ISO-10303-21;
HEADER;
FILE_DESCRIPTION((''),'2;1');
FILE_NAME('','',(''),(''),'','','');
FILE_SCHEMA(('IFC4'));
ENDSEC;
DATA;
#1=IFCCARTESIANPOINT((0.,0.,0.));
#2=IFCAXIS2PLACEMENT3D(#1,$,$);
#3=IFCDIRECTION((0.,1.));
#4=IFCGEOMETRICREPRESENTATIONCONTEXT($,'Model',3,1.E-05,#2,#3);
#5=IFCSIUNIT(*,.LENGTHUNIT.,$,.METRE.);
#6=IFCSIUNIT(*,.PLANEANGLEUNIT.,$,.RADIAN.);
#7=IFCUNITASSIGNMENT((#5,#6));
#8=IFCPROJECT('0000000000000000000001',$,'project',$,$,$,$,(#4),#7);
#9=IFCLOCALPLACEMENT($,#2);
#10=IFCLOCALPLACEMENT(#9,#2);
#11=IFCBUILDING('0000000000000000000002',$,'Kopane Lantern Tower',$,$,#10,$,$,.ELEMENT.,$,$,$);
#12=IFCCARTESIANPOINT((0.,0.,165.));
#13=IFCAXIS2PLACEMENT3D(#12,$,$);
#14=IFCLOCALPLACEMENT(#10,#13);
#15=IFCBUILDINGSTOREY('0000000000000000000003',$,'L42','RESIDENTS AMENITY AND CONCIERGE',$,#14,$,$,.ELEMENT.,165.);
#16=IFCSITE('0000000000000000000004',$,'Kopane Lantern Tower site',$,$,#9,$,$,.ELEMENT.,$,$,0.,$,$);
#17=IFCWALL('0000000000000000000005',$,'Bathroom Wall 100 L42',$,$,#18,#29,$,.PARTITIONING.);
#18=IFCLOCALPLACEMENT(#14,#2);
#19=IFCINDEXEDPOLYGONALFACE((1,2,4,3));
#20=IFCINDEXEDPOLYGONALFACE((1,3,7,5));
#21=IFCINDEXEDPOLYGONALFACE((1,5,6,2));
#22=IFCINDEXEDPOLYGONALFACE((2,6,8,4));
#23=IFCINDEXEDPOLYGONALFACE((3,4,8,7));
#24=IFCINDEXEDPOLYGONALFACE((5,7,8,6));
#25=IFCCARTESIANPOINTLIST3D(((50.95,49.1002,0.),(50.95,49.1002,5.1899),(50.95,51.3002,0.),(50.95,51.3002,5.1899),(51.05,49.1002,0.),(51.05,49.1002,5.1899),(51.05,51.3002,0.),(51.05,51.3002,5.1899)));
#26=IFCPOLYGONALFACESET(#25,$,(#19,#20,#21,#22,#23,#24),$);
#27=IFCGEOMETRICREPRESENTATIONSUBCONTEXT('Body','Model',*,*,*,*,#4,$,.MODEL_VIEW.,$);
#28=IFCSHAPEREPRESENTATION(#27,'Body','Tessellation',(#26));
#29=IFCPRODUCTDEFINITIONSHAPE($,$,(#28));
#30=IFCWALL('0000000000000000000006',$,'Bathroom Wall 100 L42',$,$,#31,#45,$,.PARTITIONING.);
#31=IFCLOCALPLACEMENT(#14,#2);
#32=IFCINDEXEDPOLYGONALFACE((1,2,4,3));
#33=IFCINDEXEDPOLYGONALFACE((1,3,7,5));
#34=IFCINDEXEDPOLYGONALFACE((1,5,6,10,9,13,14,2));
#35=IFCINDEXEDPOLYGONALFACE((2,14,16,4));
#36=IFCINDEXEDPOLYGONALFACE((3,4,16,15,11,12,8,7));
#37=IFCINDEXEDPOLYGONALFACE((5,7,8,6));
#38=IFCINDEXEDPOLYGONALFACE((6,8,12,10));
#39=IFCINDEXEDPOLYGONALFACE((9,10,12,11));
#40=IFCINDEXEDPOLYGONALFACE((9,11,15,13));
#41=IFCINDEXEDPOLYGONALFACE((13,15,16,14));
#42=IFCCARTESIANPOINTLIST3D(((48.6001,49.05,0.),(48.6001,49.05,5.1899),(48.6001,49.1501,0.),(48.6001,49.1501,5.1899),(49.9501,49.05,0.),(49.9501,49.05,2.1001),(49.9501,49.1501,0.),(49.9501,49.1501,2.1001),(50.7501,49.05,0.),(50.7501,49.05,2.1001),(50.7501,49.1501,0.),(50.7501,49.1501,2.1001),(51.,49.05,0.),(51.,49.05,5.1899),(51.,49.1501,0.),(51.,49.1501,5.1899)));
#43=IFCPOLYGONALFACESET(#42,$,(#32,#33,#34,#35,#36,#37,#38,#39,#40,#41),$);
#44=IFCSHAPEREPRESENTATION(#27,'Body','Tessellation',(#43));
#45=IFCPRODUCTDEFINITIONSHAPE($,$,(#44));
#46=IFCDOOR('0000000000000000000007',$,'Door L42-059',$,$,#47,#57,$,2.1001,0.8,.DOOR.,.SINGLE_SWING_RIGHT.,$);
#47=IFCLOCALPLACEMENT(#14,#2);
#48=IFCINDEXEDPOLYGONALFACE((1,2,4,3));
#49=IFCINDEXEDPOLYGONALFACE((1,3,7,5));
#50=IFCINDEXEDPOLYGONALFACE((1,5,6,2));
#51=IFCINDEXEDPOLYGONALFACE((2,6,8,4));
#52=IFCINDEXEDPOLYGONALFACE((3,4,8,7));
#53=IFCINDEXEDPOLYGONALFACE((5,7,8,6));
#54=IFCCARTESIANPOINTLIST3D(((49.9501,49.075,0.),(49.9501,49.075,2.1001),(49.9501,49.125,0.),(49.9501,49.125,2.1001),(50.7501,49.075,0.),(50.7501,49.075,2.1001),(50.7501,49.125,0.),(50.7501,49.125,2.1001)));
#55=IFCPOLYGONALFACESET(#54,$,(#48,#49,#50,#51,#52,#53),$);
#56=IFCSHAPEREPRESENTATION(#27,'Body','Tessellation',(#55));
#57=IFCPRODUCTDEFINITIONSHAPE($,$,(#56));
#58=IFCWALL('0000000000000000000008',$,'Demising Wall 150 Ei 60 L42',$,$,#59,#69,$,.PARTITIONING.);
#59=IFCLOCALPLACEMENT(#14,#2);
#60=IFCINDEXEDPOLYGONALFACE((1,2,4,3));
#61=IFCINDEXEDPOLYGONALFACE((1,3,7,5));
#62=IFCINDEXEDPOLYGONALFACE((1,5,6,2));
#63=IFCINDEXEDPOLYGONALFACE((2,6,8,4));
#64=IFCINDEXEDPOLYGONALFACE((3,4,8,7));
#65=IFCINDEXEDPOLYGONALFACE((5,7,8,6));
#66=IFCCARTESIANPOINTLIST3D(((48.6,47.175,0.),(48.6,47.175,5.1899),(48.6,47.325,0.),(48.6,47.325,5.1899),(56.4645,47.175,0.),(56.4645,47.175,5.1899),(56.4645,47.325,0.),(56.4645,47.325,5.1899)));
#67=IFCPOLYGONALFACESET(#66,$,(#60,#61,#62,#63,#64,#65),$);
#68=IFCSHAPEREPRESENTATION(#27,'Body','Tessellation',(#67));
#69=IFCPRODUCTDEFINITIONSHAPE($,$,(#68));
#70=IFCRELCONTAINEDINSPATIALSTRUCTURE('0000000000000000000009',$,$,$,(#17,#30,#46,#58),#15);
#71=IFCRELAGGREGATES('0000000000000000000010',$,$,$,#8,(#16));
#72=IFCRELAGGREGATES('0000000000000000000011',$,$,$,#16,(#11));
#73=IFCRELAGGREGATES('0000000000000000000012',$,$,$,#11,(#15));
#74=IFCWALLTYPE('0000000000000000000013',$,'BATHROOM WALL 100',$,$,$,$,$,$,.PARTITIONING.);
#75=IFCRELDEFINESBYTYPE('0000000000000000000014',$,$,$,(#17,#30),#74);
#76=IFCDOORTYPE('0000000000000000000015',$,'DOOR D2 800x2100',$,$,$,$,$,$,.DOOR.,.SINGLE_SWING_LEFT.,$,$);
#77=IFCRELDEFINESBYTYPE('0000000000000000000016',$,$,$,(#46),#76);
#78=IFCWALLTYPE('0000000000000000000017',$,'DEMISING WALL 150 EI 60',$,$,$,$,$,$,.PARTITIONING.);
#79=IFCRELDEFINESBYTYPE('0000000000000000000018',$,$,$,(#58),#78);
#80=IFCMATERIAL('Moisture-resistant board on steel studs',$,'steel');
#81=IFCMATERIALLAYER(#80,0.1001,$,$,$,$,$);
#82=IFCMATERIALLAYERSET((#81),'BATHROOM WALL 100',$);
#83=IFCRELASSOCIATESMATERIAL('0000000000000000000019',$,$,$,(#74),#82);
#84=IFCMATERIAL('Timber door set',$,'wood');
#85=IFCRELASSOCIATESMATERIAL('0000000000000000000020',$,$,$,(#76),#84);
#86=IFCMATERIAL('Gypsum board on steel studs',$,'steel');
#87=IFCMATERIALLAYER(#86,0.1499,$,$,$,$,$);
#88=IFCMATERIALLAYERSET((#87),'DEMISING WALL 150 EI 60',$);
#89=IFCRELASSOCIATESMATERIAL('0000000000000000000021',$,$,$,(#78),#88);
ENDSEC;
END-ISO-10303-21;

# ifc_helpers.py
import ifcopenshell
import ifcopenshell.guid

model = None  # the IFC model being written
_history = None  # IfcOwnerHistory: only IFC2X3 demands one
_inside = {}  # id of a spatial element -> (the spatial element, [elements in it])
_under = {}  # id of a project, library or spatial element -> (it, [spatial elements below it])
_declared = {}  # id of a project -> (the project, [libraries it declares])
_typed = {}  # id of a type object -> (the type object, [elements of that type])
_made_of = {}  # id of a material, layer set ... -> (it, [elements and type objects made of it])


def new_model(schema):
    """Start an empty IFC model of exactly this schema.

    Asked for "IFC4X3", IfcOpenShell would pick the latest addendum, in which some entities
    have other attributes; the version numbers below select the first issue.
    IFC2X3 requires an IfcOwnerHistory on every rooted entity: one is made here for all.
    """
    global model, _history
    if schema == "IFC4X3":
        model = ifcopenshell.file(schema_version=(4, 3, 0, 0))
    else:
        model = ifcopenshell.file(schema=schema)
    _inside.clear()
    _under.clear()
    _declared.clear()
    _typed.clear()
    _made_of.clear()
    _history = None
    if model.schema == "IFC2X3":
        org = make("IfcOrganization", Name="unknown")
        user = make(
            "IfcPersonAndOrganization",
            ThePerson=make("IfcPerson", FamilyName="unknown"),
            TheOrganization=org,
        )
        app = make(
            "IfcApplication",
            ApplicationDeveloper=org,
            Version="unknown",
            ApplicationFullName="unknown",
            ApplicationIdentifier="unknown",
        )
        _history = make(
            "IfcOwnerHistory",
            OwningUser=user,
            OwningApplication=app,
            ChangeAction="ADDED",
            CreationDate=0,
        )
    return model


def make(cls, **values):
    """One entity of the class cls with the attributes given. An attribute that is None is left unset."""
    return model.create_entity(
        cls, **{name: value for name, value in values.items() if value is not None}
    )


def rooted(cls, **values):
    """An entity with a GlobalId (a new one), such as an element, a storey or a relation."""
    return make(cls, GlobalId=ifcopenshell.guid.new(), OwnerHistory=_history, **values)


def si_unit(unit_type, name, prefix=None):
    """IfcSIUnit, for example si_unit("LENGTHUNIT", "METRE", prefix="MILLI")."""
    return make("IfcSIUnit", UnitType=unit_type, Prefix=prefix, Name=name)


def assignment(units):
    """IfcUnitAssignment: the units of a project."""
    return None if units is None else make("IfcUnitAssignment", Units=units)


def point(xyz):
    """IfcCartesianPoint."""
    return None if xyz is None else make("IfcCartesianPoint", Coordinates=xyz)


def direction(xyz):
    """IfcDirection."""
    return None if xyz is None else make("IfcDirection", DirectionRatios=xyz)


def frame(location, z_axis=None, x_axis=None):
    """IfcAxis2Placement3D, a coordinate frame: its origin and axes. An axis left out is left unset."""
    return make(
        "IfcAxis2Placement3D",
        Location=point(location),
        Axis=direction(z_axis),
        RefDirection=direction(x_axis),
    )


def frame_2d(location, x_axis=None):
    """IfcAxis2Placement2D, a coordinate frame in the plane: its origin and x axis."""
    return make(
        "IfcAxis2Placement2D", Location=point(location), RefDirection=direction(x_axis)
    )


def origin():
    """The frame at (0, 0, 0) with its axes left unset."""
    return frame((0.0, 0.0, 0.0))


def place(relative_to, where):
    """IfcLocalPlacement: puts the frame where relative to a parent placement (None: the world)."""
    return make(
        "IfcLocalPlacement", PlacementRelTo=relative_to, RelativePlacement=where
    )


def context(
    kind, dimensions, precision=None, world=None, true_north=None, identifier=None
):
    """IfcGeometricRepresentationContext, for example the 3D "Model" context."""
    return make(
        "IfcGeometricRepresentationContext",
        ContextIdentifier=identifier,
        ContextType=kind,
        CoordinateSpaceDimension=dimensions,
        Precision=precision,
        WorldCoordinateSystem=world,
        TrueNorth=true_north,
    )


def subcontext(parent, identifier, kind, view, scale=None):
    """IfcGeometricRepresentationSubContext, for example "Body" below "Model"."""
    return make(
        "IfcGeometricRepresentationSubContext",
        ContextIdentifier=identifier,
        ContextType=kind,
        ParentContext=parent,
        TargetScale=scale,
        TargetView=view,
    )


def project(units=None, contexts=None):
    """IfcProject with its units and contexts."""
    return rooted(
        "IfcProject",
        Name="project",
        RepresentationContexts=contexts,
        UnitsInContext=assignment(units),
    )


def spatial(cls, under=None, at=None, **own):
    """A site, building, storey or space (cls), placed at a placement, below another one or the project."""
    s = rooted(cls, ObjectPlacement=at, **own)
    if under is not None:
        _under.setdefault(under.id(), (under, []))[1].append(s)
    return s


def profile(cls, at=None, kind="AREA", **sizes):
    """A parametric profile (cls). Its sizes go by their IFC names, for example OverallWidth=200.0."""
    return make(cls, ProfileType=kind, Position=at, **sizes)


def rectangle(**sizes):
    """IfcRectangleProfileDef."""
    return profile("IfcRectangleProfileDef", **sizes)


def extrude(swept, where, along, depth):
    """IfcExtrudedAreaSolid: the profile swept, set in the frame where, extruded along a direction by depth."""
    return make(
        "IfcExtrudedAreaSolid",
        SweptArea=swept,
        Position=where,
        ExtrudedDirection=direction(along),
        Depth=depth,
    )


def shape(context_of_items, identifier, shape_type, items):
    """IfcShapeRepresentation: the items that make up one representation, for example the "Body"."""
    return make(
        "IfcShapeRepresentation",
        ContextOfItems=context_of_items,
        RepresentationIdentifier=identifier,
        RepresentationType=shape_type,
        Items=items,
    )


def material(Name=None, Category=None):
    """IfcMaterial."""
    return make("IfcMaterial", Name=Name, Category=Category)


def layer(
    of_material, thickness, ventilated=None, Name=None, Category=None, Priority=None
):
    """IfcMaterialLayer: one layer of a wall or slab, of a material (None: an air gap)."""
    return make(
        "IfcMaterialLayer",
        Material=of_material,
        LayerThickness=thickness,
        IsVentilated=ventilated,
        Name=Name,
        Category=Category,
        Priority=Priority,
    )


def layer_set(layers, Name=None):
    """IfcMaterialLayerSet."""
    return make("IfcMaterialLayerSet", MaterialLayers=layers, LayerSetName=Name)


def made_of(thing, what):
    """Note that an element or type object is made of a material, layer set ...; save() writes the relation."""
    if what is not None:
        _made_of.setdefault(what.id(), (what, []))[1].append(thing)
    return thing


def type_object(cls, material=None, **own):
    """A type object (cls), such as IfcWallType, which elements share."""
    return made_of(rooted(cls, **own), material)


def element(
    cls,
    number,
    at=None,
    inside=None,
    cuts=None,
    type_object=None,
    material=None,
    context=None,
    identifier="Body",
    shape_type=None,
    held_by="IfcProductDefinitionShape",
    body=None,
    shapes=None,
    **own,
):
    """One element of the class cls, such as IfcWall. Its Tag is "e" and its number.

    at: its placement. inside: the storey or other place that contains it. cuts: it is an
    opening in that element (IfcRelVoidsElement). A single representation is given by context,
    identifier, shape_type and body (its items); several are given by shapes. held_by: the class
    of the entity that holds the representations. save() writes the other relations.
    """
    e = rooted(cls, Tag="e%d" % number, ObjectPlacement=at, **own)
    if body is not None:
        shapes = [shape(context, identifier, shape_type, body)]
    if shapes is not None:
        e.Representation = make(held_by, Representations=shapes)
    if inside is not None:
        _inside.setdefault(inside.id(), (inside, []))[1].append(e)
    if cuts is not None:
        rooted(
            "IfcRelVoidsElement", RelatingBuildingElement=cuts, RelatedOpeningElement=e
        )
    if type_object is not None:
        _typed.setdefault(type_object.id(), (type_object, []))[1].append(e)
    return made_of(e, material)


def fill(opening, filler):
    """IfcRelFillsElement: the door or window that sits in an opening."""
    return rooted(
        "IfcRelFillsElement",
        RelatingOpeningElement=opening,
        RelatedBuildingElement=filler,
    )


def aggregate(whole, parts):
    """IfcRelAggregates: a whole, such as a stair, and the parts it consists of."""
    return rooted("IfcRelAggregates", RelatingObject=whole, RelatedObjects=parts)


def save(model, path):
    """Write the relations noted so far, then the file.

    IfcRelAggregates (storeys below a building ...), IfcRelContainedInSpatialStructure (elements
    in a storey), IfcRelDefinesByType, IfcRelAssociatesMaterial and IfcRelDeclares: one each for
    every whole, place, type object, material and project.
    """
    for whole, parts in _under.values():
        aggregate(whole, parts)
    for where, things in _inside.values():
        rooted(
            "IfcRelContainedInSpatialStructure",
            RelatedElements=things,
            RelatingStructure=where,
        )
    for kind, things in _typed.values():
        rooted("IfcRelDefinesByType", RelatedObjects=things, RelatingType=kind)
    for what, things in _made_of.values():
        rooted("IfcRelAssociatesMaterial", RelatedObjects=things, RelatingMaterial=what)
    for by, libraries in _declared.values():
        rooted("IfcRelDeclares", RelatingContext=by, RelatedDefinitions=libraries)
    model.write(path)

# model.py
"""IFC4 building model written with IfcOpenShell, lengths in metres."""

from ifc_helpers import new_model, si_unit, direction, frame, frame_2d, origin, place, context, subcontext, project, spatial, rectangle, extrude, material, layer, layer_set, type_object, element, fill, save


model = new_model("IFC4")

# Units and contexts
model_context = context("Model", 3, precision=1e-05, world=origin(), true_north=direction((0.0, 1.0)))
body_context = subcontext(model_context, "Body", "Model", "MODEL_VIEW")
ifc_project = project(units=[si_unit("LENGTHUNIT", "METRE"), si_unit("PLANEANGLEUNIT", "RADIAN")], contexts=[model_context])

# Site, building, storey
site_placement = place(None, origin())
site = spatial("IfcSite", under=ifc_project, at=site_placement, Name="Kopane Lantern Tower site", CompositionType="ELEMENT", RefElevation=0.0)
building_placement = place(site_placement, origin())
building = spatial("IfcBuilding", under=site, at=building_placement, Name="Kopane Lantern Tower", CompositionType="ELEMENT")
storey_placement = place(building_placement, frame((0.0, 0.0, 165.0)))
storey = spatial("IfcBuildingStorey", under=building, at=storey_placement, Name="L42", Description="RESIDENTS AMENITY AND CONCIERGE", CompositionType="ELEMENT", Elevation=165.0)

# Shared definitions
ifc_material_1 = material(Name="Moisture-resistant board on steel studs", Category="steel")
ifc_layer_1 = layer(ifc_material_1, 0.1001)
ifc_layer_set_1 = layer_set([ifc_layer_1], Name="BATHROOM WALL 100")
wall_type_1 = type_object("IfcWallType", Name="BATHROOM WALL 100", PredefinedType="PARTITIONING", material=ifc_layer_set_1)
ifc_material_2 = material(Name="Timber door set", Category="wood")
door_type = type_object("IfcDoorType", Name="DOOR D2 800x2100", OperationType="SINGLE_SWING_LEFT", PredefinedType="DOOR", material=ifc_material_2)

# Wall
wall_1_placement = place(storey_placement, frame((51.0, 49.1001, 0.0), z_axis=(0.0, 0.0, 1.0), x_axis=(0.0, 1.0, 0.0)))
element("IfcWall", 1, at=wall_1_placement, inside=storey, type_object=wall_type_1, Name="Bathroom Wall 100 L42", PredefinedType="PARTITIONING", context=body_context, shape_type="SweptSolid", body=[
    extrude(rectangle(XDim=2.2, YDim=0.1001, at=frame_2d((1.1001, 0.0))), origin(), (0.0, 0.0, 1.0), 5.1899),
])

# Wall, opening, door
wall_2_placement = place(storey_placement, frame((48.6001, 49.1001, 0.0), z_axis=(0.0, 0.0, 1.0), x_axis=(1.0, 0.0, 0.0)))
wall_2 = element("IfcWall", 2, at=wall_2_placement, inside=storey, type_object=wall_type_1, Name="Bathroom Wall 100 L42", PredefinedType="PARTITIONING", context=body_context, shape_type="SweptSolid", body=[
    extrude(rectangle(XDim=2.3999, YDim=0.1001, at=frame_2d((1.2, 0.0))), origin(), (0.0, 0.0, 1.0), 5.1899),
])
opening_1_placement = place(wall_2_placement, frame((1.3501, 0.0, 0.0)))
opening_1 = element("IfcOpeningElement", 3, at=opening_1_placement, cuts=wall_2, PredefinedType="OPENING", context=body_context, shape_type="SweptSolid", body=[
    extrude(rectangle(XDim=0.8, YDim=2.1001, at=frame_2d((0.3999, 1.05))), frame((0.0, 0.0601, 0.0), z_axis=(0.0, -1.0, 0.0), x_axis=(1.0, 0.0, 0.0)), (0.0, 0.0, 1.0), 0.1201),
])
door_1_placement = place(opening_1_placement, origin())
door_1 = element("IfcDoor", 4, at=door_1_placement, inside=storey, type_object=door_type, Name="Door L42-059", OperationType="SINGLE_SWING_RIGHT", OverallHeight=2.1001, OverallWidth=0.8, PredefinedType="DOOR", context=body_context, shape_type="SweptSolid", body=[
    extrude(rectangle(XDim=0.8, YDim=2.1001, at=frame_2d((0.3999, 1.05))), frame((0.0, 0.0249, 0.0), z_axis=(0.0, -1.0, 0.0), x_axis=(1.0, 0.0, 0.0)), (0.0, 0.0, 1.0), 0.05),
])
fill(opening_1, door_1)

# Wall
ifc_material_3 = material(Name="Gypsum board on steel studs", Category="steel")
ifc_layer_2 = layer(ifc_material_3, 0.1499)
ifc_layer_set_2 = layer_set([ifc_layer_2], Name="DEMISING WALL 150 EI 60")
wall_type_2 = type_object("IfcWallType", Name="DEMISING WALL 150 EI 60", PredefinedType="PARTITIONING", material=ifc_layer_set_2)
wall_3_placement = place(storey_placement, frame((48.6001, 47.25, 0.0), z_axis=(0.0, 0.0, 1.0), x_axis=(1.0, 0.0, 0.0)))
element("IfcWall", 5, at=wall_3_placement, inside=storey, type_object=wall_type_2, Name="Demising Wall 150 Ei 60 L42", PredefinedType="PARTITIONING", context=body_context, shape_type="SweptSolid", body=[
    extrude(rectangle(XDim=7.8645, YDim=0.1499, at=frame_2d((3.9321, 0.0))), origin(), (0.0, 0.0, 1.0), 5.1899),
])

save(model, "model.ifc")
